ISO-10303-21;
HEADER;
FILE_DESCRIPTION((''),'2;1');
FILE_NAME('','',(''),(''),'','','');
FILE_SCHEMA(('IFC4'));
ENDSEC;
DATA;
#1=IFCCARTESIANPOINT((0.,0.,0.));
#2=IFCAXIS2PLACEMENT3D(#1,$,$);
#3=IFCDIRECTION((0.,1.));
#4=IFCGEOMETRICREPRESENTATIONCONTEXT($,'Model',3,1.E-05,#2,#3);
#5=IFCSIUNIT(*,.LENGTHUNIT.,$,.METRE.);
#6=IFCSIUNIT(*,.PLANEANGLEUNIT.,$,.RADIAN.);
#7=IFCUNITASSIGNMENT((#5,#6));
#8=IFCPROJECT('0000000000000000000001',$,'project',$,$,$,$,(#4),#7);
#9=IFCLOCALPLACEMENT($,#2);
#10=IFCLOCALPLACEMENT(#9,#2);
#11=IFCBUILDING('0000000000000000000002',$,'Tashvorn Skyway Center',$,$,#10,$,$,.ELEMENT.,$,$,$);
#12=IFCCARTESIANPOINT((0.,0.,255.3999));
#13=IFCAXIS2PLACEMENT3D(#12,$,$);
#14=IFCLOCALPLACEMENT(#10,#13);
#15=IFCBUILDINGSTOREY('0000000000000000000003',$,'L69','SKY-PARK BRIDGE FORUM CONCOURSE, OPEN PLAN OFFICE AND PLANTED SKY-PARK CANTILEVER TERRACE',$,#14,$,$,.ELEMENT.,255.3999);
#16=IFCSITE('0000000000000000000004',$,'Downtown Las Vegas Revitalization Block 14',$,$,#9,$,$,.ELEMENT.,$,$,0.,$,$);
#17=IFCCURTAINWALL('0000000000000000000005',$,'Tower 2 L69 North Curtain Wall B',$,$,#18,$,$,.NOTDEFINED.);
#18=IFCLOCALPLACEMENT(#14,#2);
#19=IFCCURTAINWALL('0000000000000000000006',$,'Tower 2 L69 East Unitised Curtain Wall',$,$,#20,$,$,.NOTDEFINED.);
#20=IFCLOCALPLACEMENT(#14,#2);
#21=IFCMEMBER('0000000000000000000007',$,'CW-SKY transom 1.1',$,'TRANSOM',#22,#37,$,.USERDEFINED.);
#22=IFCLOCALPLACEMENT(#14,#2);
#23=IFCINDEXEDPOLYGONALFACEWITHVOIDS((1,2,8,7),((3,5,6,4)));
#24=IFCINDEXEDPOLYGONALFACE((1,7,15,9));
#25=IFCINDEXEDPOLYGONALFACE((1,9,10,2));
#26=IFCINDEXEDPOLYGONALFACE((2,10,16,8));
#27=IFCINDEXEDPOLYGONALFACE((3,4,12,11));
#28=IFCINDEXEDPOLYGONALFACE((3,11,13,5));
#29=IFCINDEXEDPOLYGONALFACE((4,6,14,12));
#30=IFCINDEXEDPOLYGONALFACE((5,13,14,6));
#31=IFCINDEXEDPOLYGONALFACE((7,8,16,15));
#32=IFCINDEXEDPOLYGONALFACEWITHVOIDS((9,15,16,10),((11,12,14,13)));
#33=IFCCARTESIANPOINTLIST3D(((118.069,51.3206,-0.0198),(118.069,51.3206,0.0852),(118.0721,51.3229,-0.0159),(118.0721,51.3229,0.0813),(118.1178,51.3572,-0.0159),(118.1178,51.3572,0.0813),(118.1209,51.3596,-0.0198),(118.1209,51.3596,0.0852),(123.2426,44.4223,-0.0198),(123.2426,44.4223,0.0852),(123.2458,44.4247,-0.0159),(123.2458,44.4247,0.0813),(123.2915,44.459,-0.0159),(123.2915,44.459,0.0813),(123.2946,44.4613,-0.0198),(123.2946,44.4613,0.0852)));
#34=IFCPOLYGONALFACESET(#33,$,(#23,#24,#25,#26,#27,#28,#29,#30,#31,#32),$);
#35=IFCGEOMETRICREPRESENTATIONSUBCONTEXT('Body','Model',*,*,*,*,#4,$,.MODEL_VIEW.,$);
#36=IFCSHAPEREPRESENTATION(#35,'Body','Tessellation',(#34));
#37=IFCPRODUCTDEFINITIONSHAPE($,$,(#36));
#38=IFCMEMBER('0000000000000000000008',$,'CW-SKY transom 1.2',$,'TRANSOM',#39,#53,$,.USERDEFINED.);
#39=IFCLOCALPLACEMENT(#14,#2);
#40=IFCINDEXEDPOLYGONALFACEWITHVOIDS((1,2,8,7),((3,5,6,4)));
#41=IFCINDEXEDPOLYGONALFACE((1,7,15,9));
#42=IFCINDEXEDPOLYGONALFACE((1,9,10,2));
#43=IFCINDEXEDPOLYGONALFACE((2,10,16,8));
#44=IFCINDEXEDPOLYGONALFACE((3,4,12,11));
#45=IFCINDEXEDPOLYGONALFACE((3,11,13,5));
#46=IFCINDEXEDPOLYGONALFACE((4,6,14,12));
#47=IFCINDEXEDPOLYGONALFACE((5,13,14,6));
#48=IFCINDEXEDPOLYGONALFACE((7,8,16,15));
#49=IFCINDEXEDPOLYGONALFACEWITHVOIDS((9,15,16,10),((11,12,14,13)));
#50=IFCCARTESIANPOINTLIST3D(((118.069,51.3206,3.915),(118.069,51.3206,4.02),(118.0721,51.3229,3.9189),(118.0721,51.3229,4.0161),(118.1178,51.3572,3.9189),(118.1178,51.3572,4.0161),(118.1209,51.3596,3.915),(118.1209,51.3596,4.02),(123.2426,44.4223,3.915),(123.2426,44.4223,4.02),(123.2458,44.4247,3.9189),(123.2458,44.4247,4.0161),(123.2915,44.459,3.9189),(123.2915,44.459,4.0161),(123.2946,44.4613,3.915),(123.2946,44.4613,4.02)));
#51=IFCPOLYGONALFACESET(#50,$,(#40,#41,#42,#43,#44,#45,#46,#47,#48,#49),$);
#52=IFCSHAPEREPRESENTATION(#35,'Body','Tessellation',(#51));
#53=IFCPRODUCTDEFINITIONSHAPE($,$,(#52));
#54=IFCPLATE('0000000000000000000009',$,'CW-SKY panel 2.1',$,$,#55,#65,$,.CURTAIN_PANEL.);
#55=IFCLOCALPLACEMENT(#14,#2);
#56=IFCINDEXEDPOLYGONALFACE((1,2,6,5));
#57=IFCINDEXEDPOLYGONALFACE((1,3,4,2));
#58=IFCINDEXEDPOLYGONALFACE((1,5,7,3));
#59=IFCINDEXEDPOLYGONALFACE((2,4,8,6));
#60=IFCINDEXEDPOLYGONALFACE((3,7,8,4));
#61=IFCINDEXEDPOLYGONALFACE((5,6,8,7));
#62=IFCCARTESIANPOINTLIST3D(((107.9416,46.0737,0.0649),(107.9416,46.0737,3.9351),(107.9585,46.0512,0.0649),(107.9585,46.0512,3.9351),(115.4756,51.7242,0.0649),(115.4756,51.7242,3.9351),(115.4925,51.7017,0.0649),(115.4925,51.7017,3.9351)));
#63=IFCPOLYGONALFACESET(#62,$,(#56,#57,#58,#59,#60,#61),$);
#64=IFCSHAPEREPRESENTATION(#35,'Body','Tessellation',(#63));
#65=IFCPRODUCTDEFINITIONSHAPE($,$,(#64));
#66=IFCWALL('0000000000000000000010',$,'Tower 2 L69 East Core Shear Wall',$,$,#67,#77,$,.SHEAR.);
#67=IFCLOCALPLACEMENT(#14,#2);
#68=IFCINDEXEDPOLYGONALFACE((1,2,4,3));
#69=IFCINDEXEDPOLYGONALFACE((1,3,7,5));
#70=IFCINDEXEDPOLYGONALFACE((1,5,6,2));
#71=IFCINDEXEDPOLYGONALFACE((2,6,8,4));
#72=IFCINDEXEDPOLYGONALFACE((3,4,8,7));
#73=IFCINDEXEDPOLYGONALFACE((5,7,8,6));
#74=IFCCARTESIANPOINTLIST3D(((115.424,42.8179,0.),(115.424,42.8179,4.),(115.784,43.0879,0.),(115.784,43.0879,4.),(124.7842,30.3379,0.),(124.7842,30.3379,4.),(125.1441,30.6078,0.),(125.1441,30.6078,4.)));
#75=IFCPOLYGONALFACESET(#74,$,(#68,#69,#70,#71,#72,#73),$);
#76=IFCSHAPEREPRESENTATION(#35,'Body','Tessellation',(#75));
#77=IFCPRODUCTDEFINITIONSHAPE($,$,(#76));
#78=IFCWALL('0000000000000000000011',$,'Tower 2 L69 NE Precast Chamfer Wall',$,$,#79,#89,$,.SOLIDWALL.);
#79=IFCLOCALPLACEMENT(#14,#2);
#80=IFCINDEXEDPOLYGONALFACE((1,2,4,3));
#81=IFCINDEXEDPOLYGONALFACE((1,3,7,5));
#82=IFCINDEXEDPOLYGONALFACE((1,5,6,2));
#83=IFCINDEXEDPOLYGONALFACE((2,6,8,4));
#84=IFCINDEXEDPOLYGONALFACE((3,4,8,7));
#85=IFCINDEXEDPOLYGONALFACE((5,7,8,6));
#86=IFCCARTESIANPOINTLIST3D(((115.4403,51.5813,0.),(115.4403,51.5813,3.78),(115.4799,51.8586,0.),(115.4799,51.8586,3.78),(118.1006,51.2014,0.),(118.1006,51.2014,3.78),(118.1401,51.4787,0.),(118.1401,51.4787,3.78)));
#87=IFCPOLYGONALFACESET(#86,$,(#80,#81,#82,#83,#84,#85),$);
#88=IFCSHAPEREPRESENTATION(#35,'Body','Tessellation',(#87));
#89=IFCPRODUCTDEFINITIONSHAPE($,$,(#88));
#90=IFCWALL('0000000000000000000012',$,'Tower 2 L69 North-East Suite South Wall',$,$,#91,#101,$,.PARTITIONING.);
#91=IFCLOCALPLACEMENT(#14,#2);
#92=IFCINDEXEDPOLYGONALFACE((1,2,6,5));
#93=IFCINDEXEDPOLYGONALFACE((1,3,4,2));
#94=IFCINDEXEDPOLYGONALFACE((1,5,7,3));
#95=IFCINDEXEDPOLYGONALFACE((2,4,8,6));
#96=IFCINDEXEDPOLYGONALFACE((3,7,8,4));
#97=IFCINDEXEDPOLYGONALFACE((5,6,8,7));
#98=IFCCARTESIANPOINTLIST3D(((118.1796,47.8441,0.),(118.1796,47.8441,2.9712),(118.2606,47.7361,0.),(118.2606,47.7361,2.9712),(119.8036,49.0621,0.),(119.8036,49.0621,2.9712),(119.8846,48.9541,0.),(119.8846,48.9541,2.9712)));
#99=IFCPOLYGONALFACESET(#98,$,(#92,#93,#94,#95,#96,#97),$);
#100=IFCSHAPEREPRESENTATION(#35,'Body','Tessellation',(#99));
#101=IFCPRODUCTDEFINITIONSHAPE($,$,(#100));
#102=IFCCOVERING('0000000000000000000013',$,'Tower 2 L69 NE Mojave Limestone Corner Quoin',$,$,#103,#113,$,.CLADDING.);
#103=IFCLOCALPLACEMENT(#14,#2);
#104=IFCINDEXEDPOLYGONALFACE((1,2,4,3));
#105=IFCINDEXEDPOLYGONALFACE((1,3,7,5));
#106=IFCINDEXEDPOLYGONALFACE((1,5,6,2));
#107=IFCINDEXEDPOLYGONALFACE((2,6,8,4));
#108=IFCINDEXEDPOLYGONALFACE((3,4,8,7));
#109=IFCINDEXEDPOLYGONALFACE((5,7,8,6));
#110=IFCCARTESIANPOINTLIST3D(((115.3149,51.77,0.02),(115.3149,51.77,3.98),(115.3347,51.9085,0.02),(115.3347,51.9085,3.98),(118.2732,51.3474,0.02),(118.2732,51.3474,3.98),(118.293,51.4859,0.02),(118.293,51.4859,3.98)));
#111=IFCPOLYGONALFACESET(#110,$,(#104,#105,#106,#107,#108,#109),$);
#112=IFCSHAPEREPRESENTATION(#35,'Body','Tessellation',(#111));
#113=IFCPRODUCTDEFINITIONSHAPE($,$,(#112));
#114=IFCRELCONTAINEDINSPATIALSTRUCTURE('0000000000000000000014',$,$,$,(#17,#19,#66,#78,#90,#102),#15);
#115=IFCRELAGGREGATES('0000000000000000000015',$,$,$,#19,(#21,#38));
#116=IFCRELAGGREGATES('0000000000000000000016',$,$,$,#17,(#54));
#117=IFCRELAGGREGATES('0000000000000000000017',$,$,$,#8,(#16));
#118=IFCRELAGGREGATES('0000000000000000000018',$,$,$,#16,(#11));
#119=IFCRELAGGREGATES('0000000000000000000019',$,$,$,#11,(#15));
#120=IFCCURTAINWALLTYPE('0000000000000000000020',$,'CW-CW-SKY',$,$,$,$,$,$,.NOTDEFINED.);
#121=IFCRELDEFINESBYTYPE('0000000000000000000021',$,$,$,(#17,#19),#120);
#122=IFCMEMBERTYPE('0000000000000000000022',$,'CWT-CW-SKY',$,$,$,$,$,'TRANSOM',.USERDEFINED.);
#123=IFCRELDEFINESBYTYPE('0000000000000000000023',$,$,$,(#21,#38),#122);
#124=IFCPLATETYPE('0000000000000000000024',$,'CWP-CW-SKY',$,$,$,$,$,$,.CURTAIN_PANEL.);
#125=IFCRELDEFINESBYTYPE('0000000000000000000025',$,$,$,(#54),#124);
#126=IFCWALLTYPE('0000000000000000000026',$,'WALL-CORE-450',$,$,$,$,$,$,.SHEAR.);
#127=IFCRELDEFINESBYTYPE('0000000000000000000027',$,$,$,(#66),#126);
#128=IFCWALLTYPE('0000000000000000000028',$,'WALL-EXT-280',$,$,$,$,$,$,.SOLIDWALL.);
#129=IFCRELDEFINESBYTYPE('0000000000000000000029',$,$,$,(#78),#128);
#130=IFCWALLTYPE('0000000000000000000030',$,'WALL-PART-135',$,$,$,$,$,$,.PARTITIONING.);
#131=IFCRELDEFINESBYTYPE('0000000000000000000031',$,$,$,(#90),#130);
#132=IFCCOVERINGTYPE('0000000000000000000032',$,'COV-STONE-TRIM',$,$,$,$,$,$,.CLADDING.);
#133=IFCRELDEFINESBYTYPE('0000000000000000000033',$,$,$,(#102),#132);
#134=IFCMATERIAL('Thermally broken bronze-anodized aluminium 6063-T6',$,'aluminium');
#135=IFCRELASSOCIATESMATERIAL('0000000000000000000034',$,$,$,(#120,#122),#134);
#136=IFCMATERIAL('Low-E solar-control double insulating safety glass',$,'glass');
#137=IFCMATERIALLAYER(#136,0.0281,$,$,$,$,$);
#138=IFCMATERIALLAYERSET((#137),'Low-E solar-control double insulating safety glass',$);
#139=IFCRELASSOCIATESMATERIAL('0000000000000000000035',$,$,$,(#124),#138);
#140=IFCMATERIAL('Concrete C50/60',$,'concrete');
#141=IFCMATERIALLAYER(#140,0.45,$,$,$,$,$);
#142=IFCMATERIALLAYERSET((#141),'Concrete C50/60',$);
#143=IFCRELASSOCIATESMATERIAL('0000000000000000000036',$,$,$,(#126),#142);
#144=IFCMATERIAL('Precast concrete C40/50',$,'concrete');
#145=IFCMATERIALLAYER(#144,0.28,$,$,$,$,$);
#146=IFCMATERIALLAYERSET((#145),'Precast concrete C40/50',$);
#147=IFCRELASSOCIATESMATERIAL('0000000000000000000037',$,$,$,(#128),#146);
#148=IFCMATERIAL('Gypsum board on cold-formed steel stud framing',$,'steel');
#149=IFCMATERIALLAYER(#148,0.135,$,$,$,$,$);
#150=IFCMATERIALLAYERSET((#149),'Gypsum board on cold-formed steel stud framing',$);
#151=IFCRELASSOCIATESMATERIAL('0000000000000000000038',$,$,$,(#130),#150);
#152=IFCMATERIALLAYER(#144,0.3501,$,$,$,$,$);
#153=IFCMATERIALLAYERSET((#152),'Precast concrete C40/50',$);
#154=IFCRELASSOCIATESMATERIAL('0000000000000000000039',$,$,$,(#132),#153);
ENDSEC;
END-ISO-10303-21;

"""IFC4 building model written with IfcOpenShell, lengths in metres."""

from ifc_helpers import new_model, si_unit, direction, frame, frame_2d, origin, origin_2d, place, context, subcontext, project, spatial, rectangle, hollow_rectangle, extrude, material, layer, layer_set, material_profile, profile_set, type_object, element, aggregate, save


model = new_model("IFC4")

# Units and contexts
model_context = context("Model", 3, precision=1e-05, world=origin(), true_north=direction((0.0, 1.0)))
body_context = subcontext(model_context, "Body", "Model", "MODEL_VIEW")
ifc_project = project(units=[si_unit("LENGTHUNIT", "METRE"), si_unit("PLANEANGLEUNIT", "RADIAN")], contexts=[model_context])

# Site, building, storey
site_placement = place(None, origin())
site = spatial("IfcSite", under=ifc_project, at=site_placement, Name="Downtown Las Vegas Revitalization Block 14", CompositionType="ELEMENT", RefElevation=0.0)
building_placement = place(site_placement, origin())
building = spatial("IfcBuilding", under=site, at=building_placement, Name="Tashvorn Skyway Center", CompositionType="ELEMENT")
storey_placement = place(building_placement, frame((0.0, 0.0, 255.3999)))
storey = spatial("IfcBuildingStorey", under=building, at=storey_placement, Name="L69", Description="SKY-PARK BRIDGE FORUM CONCOURSE, OPEN PLAN OFFICE AND PLANTED SKY-PARK CANTILEVER TERRACE", CompositionType="ELEMENT", Elevation=255.3999)

# Curtain wall
ifc_material_1 = material(Name="Thermally broken bronze-anodized aluminium 6063-T6", Category="aluminium")
curtain_wall_type = type_object("IfcCurtainWallType", Name="CW-CW-SKY", PredefinedType="NOTDEFINED", material=ifc_material_1)
curtain_wall_1_placement = place(storey_placement, origin())
curtain_wall_1 = element("IfcCurtainWall", 1, at=curtain_wall_1_placement, inside=storey, type_object=curtain_wall_type, Name="Tower 2 L69 North Curtain Wall B", PredefinedType="NOTDEFINED")

# Curtain wall, members
curtain_wall_2_placement = place(storey_placement, origin())
curtain_wall_2 = element("IfcCurtainWall", 2, at=curtain_wall_2_placement, inside=storey, type_object=curtain_wall_type, Name="Tower 2 L69 East Unitised Curtain Wall", PredefinedType="NOTDEFINED")
ifc_material_profile_1 = material_profile(ifc_material_1, hollow_rectangle(XDim=0.0649, YDim=0.105, WallThickness=0.0039, at=origin_2d()), Name="ALU-TRAN-65x105")
ifc_profile_set_1 = profile_set([ifc_material_profile_1], Name="Thermally broken bronze-anodized aluminium 6063-T6")
member_type_1 = type_object("IfcMemberType", Name="CWT-CW-SKY", ElementType="TRANSOM", PredefinedType="USERDEFINED", material=ifc_profile_set_1)
member_1_placement = place(storey_placement, frame((118.095, 51.3401, 0.0327), z_axis=(0.599995, -0.800003, 0.0), x_axis=(0.800003, 0.599995, 0.0)))
member_1 = element("IfcMember", 3, at=member_1_placement, type_object=member_type_1, Name="CW-SKY transom 1.1", ObjectType="TRANSOM", PredefinedType="USERDEFINED", context=body_context, shape_type="SweptSolid", body=[
    extrude(hollow_rectangle(XDim=0.0649, YDim=0.105, WallThickness=0.0039, at=origin_2d()), origin(), (0.0, 0.0, 1.0), 8.6228),
])
member_2_placement = place(storey_placement, frame((118.095, 51.3401, 3.9675), z_axis=(0.599995, -0.800003, 0.0), x_axis=(0.800003, 0.599995, 0.0)))
member_2 = element("IfcMember", 4, at=member_2_placement, type_object=member_type_1, Name="CW-SKY transom 1.2", ObjectType="TRANSOM", PredefinedType="USERDEFINED", context=body_context, shape_type="SweptSolid", body=[
    extrude(hollow_rectangle(XDim=0.0649, YDim=0.105, WallThickness=0.0039, at=origin_2d()), origin(), (0.0, 0.0, 1.0), 8.6228),
])
aggregate(curtain_wall_2, [member_1, member_2])

# Plate
ifc_material_2 = material(Name="Low-E solar-control double insulating safety glass", Category="glass")
ifc_layer_1 = layer(ifc_material_2, 0.0281)
ifc_layer_set_1 = layer_set([ifc_layer_1], Name="Low-E solar-control double insulating safety glass")
plate_type = type_object("IfcPlateType", Name="CWP-CW-SKY", PredefinedType="CURTAIN_PANEL", material=ifc_layer_set_1)
plate_placement = place(storey_placement, frame((111.717, 48.8877, 0.0649), z_axis=(0.0, 0.0, 1.0), x_axis=(0.8, 0.6, 0.0)))
plate = element("IfcPlate", 5, at=plate_placement, type_object=plate_type, Name="CW-SKY panel 2.1", PredefinedType="CURTAIN_PANEL", context=body_context, shape_type="SweptSolid", body=[
    extrude(rectangle(XDim=9.4175, YDim=0.0281, at=origin_2d()), origin(), (0.0, 0.0, 1.0), 3.8701),
])
aggregate(curtain_wall_1, [plate])

# Walls
ifc_material_3 = material(Name="Concrete C50/60", Category="concrete")
ifc_layer_2 = layer(ifc_material_3, 0.45)
ifc_layer_set_2 = layer_set([ifc_layer_2], Name="Concrete C50/60")
wall_type_1 = type_object("IfcWallType", Name="WALL-CORE-450", PredefinedType="SHEAR", material=ifc_layer_set_2)
wall_1_placement = place(storey_placement, frame((115.604, 42.9529, 0.0), z_axis=(0.0, 0.0, 1.0), x_axis=(0.600005, -0.799996, 0.0)))
element("IfcWall", 6, at=wall_1_placement, inside=storey, type_object=wall_type_1, Name="Tower 2 L69 East Core Shear Wall", PredefinedType="SHEAR", context=body_context, shape_type="SweptSolid", body=[
    extrude(rectangle(XDim=15.6001, YDim=0.45, at=frame_2d((7.8, 0.0))), origin(), (0.0, 0.0, 1.0), 4.0),
])
ifc_material_4 = material(Name="Precast concrete C40/50", Category="concrete")
ifc_layer_3 = layer(ifc_material_4, 0.28)
ifc_layer_set_3 = layer_set([ifc_layer_3], Name="Precast concrete C40/50")
wall_type_2 = type_object("IfcWallType", Name="WALL-EXT-280", PredefinedType="SOLIDWALL", material=ifc_layer_set_3)
wall_2_placement = place(storey_placement, frame((115.46, 51.72, 0.0), z_axis=(0.0, 0.0, 1.0), x_axis=(0.989957, -0.14137, 0.0)))
element("IfcWall", 7, at=wall_2_placement, inside=storey, type_object=wall_type_2, Name="Tower 2 L69 NE Precast Chamfer Wall", PredefinedType="SOLIDWALL", context=body_context, shape_type="SweptSolid", body=[
    extrude(rectangle(XDim=2.6873, YDim=0.28, at=frame_2d((1.3438, 0.0))), origin(), (0.0, 0.0, 1.0), 3.78),
])
ifc_material_5 = material(Name="Gypsum board on cold-formed steel stud framing", Category="steel")
ifc_layer_4 = layer(ifc_material_5, 0.135)
ifc_layer_set_4 = layer_set([ifc_layer_4], Name="Gypsum board on cold-formed steel stud framing")
wall_type_3 = type_object("IfcWallType", Name="WALL-PART-135", PredefinedType="PARTITIONING", material=ifc_layer_set_4)
wall_3_placement = place(storey_placement, frame((118.22, 47.79, 0.0), z_axis=(0.0, 0.0, 1.0), x_axis=(0.8, 0.6, 0.0)))
element("IfcWall", 8, at=wall_3_placement, inside=storey, type_object=wall_type_3, Name="Tower 2 L69 North-East Suite South Wall", PredefinedType="PARTITIONING", context=body_context, shape_type="SweptSolid", body=[
    extrude(rectangle(XDim=2.03, YDim=0.135, at=frame_2d((1.0151, 0.0))), origin(), (0.0, 0.0, 1.0), 2.9712),
])

# Covering
ifc_layer_5 = layer(ifc_material_4, 0.3501)
ifc_layer_set_5 = layer_set([ifc_layer_5], Name="Precast concrete C40/50")
covering_type = type_object("IfcCoveringType", Name="COV-STONE-TRIM", PredefinedType="CLADDING", material=ifc_layer_set_5)
covering_placement = place(storey_placement, frame((116.804, 51.6279, 0.02), z_axis=(0.0, 0.0, 1.0), x_axis=(0.989949, -0.141421, 0.0)))
element("IfcCovering", 9, at=covering_placement, inside=storey, type_object=covering_type, Name="Tower 2 L69 NE Mojave Limestone Corner Quoin", PredefinedType="CLADDING", context=body_context, shape_type="SweptSolid", body=[
    extrude(rectangle(XDim=2.9883, YDim=0.1399, at=origin_2d()), origin(), (0.0, 0.0, 1.0), 3.96),
])

save(model, "model.ifc")
